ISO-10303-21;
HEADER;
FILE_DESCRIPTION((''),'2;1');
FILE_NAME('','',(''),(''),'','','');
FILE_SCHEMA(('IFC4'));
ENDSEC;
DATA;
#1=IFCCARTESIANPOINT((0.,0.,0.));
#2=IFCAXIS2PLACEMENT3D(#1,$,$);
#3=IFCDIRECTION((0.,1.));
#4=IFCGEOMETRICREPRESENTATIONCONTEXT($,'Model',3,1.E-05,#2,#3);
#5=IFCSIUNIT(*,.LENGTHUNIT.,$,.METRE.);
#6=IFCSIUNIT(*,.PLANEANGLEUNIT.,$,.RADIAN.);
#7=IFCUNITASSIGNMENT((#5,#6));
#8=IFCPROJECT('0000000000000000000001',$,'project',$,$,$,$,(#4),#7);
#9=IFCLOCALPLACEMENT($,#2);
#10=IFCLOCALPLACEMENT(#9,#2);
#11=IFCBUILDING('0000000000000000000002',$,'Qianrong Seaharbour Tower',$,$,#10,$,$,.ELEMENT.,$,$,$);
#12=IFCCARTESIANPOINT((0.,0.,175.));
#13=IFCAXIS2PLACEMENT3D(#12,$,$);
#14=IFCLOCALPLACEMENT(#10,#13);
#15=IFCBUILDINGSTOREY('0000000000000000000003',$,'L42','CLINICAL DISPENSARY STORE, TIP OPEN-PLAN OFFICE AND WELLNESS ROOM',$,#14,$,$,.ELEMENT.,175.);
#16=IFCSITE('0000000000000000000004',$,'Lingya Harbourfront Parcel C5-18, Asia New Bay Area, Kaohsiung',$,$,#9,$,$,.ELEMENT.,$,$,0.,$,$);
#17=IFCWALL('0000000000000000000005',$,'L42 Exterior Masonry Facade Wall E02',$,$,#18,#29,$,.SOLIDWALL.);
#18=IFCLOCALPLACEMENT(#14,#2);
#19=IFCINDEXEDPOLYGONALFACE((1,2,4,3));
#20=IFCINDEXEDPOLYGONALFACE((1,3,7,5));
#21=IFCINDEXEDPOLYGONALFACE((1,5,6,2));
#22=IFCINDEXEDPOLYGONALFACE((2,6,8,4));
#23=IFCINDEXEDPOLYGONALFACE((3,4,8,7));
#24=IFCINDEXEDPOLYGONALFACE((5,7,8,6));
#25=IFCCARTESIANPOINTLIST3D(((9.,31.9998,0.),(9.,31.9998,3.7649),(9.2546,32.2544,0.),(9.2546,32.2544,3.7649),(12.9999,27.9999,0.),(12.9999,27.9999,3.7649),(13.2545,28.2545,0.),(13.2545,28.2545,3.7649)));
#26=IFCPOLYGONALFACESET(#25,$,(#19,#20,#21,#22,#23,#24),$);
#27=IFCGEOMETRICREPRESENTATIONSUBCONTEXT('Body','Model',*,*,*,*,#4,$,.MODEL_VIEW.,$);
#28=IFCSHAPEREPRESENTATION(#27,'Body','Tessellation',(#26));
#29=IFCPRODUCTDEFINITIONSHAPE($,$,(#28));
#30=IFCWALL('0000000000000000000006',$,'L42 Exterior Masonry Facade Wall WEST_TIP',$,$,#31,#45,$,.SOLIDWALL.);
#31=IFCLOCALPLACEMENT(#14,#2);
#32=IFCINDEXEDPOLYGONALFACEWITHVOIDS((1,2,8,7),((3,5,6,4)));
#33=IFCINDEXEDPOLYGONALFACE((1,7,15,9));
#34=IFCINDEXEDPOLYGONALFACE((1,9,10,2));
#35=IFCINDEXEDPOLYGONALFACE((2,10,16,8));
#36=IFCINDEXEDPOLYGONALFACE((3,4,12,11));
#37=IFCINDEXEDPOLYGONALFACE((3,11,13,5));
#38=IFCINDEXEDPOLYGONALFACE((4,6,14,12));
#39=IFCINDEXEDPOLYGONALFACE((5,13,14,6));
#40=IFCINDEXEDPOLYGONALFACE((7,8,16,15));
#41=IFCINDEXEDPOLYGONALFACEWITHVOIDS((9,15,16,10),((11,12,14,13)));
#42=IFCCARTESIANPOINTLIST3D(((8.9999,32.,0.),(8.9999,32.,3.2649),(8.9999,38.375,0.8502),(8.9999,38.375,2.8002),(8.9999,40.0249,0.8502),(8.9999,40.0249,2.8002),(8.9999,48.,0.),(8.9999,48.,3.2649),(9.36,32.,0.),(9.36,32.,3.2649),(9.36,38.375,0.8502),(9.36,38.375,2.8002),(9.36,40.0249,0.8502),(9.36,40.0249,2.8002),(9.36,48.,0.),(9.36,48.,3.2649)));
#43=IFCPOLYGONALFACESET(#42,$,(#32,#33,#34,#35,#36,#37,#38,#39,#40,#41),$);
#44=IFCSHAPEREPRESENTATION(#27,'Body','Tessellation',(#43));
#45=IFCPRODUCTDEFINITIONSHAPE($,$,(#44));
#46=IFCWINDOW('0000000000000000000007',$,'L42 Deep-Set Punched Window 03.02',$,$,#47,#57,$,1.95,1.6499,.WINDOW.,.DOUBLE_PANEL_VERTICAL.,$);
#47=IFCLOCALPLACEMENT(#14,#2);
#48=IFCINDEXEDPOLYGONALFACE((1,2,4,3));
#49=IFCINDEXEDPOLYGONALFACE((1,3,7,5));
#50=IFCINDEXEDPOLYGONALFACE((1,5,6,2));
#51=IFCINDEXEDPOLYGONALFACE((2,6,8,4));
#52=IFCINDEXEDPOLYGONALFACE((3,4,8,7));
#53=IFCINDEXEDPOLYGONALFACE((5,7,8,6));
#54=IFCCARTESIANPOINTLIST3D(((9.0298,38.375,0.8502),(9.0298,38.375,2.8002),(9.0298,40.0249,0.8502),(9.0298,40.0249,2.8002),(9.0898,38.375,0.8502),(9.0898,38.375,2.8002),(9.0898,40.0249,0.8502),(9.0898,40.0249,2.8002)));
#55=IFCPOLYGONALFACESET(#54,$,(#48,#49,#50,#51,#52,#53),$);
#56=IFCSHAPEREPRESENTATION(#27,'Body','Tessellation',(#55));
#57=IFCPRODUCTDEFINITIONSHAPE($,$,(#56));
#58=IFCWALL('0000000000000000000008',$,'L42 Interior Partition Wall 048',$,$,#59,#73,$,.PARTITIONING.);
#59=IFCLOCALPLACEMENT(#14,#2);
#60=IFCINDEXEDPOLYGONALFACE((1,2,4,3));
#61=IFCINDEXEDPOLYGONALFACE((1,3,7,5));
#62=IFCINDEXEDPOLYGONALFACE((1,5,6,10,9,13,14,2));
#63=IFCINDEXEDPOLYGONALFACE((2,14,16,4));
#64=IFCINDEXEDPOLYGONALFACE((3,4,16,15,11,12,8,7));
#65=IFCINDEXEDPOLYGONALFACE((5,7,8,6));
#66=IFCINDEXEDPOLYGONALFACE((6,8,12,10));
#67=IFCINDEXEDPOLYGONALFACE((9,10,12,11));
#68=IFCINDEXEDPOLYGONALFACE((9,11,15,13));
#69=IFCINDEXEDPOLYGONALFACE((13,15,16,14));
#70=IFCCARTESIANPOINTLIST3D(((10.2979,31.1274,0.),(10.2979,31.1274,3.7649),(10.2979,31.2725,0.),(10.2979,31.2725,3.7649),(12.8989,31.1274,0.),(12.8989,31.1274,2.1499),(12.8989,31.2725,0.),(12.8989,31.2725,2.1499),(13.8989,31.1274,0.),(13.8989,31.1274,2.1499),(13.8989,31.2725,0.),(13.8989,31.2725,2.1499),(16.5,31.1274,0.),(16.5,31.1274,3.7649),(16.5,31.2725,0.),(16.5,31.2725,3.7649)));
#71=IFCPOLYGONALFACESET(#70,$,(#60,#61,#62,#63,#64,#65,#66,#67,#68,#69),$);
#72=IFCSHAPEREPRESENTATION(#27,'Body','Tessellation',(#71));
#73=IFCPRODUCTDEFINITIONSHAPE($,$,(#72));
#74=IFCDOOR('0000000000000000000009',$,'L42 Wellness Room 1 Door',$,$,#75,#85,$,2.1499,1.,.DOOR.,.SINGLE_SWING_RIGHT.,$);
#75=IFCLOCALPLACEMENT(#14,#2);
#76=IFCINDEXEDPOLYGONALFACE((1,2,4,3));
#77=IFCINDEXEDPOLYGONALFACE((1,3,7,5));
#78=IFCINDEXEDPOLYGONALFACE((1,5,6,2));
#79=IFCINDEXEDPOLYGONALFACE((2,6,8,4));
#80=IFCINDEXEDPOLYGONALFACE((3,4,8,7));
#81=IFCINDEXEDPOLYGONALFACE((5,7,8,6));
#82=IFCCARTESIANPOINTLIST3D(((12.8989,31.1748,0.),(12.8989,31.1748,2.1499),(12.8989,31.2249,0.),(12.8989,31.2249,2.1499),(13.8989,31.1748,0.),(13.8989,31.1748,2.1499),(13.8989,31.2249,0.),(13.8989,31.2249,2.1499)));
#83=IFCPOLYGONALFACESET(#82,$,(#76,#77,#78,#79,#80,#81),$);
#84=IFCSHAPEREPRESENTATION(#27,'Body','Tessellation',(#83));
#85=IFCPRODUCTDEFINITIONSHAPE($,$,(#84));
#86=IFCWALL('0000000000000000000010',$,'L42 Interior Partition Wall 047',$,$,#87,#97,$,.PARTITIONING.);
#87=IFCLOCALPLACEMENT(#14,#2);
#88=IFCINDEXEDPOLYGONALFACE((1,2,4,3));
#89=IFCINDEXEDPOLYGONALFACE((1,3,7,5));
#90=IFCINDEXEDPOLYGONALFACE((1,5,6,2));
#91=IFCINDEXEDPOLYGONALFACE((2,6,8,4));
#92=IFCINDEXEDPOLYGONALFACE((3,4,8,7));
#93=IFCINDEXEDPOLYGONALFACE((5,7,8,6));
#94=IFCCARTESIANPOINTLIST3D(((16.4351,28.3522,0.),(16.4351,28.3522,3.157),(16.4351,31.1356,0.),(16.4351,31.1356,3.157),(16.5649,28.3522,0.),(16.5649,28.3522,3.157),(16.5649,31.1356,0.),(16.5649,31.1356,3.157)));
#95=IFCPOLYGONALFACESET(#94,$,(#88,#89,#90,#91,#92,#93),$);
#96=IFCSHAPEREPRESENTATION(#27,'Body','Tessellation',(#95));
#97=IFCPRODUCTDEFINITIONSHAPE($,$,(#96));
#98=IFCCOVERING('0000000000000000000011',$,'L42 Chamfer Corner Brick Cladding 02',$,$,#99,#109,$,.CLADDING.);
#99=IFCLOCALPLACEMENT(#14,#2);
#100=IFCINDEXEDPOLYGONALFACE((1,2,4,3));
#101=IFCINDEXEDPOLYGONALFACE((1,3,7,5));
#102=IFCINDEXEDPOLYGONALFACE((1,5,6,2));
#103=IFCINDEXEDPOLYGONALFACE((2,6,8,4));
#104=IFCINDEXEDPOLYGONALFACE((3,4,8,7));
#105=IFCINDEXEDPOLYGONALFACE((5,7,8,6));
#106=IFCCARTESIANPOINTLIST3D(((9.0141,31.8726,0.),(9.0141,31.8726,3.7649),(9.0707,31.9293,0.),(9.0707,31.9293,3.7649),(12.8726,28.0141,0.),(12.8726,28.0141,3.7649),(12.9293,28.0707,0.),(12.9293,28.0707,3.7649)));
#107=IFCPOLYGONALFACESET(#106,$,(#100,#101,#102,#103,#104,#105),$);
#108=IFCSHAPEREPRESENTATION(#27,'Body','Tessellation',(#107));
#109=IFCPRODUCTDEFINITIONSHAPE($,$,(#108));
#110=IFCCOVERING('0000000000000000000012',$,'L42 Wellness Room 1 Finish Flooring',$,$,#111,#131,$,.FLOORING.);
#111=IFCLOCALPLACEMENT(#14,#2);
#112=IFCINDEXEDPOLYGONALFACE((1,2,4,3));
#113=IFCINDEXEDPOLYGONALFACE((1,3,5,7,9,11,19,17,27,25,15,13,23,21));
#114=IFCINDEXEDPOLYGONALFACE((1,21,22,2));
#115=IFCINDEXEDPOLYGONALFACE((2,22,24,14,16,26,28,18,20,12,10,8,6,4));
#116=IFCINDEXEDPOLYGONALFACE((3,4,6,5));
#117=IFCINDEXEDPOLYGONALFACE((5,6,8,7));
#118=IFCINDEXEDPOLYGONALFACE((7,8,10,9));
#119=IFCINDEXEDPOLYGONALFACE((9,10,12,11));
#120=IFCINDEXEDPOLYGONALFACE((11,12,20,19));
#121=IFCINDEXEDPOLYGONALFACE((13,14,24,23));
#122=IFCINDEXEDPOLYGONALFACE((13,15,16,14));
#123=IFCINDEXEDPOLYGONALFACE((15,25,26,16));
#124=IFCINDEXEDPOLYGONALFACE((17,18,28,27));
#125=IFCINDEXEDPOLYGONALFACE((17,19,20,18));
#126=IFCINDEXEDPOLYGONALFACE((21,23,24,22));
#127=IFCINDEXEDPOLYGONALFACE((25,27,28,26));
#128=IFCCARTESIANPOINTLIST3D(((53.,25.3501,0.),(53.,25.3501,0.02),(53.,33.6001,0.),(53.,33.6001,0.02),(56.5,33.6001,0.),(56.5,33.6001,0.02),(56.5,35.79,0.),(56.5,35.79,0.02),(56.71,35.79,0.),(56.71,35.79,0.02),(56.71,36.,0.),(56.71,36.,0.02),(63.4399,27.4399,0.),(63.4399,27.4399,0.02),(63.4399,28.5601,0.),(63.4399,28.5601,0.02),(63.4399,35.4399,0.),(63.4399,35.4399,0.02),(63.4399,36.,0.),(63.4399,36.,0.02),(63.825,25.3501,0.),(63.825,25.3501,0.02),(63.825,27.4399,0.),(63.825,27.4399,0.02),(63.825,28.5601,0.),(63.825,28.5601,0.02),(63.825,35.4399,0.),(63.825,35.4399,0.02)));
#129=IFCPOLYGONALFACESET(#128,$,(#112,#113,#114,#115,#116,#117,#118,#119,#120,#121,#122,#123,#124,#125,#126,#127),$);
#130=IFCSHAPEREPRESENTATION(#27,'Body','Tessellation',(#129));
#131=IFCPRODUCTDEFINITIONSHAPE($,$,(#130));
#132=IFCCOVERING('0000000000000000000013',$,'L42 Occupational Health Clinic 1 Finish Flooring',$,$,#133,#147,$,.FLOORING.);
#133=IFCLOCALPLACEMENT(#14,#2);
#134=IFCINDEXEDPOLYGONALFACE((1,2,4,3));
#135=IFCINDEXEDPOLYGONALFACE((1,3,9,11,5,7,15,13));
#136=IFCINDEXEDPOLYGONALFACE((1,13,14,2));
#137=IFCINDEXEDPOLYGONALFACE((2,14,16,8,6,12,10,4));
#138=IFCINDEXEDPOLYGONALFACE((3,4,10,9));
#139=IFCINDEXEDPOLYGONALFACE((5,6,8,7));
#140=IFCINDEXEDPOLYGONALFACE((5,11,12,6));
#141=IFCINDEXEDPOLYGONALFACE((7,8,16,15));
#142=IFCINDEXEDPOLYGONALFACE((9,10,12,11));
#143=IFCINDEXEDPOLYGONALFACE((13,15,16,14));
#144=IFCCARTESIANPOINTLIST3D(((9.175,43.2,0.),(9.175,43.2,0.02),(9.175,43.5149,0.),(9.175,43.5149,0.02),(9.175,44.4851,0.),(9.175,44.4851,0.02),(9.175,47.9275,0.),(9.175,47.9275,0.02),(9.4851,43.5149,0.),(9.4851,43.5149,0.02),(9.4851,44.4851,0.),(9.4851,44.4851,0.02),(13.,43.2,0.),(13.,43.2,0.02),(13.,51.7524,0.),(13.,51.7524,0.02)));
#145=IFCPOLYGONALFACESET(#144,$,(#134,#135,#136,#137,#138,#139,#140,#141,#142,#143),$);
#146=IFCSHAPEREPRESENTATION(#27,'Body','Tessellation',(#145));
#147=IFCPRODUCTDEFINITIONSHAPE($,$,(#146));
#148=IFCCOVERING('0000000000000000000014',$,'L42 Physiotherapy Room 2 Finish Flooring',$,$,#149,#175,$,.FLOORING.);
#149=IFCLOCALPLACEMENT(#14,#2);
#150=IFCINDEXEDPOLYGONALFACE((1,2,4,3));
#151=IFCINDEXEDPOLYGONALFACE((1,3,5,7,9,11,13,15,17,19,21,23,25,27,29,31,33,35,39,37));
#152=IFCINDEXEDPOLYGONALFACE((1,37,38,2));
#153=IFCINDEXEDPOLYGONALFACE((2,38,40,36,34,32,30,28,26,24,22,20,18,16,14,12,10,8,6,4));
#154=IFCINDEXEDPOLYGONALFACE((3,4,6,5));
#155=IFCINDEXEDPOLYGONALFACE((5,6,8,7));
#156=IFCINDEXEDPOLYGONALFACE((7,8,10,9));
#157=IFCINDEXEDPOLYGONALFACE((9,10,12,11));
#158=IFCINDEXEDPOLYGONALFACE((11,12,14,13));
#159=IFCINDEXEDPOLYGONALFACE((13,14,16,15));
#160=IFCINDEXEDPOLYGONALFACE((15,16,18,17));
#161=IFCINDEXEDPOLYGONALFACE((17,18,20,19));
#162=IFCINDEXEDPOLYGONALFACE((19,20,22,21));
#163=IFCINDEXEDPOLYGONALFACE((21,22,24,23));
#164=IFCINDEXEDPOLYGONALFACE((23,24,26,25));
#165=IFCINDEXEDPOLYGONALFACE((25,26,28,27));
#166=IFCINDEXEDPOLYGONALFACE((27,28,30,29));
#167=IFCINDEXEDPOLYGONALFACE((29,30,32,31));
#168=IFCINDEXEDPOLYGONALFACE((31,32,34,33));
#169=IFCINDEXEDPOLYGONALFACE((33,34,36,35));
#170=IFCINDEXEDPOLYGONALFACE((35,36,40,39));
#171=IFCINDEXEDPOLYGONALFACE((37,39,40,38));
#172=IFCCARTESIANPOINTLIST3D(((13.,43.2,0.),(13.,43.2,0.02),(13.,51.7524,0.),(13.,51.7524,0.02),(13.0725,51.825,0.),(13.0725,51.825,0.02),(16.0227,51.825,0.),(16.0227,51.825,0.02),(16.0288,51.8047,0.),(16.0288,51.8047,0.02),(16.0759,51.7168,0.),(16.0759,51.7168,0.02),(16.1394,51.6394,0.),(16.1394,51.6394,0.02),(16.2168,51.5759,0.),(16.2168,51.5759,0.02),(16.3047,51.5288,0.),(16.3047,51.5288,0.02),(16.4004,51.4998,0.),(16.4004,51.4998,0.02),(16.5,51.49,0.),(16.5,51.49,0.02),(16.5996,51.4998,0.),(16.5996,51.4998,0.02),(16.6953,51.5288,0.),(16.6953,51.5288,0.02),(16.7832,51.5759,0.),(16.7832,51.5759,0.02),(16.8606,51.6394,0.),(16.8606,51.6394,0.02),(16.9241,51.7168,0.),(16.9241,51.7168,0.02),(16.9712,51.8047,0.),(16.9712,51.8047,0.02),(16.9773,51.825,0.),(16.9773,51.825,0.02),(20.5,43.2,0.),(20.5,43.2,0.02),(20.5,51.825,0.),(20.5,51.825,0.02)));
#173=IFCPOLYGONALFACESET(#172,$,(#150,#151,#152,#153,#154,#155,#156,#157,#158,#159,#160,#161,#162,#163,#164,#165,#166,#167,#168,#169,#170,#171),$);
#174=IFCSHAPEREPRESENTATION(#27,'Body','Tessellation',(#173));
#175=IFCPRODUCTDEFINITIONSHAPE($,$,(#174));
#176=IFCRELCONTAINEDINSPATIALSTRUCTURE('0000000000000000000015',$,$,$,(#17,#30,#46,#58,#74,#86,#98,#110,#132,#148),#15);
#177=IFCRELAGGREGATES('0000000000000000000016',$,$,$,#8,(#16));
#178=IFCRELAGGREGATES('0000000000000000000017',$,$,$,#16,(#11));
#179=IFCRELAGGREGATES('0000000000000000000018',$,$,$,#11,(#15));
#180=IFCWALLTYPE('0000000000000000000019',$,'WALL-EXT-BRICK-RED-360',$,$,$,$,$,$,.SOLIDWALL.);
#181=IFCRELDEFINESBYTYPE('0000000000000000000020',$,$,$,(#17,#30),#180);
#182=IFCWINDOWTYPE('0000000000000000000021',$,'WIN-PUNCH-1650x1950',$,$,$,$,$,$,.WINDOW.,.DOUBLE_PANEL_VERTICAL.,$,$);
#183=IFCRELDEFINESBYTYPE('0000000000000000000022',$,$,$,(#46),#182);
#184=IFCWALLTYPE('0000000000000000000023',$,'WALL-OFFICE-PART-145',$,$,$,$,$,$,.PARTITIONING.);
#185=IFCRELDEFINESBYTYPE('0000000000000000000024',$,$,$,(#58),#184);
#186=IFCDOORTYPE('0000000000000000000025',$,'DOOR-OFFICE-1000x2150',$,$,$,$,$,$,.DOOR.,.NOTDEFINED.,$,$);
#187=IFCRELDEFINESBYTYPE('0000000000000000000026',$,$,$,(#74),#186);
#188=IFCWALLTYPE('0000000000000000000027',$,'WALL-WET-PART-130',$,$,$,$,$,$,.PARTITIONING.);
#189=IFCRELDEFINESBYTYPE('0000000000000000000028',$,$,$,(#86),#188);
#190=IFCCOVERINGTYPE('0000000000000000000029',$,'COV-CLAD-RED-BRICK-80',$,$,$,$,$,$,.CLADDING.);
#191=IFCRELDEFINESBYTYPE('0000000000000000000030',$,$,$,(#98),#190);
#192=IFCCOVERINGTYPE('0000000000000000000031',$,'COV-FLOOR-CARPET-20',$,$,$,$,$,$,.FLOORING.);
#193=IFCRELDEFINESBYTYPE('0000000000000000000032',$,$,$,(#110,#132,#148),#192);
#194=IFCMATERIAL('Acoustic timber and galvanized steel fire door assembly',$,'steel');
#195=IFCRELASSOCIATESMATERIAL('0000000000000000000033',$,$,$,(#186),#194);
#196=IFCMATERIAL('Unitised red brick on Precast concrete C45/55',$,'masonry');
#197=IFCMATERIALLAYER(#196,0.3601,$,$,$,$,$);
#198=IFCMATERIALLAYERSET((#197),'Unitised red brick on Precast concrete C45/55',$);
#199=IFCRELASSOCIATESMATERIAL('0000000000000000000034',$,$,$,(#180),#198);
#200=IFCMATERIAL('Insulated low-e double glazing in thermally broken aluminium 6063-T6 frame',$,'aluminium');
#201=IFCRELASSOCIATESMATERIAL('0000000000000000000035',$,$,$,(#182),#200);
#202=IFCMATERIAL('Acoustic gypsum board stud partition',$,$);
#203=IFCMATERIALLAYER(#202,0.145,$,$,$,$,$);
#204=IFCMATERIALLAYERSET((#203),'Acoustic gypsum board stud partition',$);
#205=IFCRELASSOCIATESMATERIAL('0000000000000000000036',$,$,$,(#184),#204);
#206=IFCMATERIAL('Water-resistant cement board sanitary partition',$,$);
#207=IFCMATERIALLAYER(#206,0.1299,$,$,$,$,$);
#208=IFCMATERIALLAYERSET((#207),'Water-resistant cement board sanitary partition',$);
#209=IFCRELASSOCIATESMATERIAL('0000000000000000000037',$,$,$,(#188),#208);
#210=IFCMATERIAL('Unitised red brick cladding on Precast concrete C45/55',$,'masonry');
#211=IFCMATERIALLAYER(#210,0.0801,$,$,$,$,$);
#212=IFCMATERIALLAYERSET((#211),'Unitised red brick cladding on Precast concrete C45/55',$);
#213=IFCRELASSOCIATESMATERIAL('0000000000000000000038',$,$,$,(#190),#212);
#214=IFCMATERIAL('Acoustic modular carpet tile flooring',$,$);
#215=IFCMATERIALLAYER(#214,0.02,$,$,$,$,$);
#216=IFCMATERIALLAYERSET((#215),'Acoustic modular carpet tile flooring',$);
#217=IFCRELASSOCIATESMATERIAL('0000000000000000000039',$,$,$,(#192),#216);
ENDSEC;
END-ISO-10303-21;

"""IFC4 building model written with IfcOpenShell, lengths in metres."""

from ifc_helpers import new_model, si_unit, direction, frame, frame_2d, origin, origin_2d, place, context, subcontext, project, spatial, polyline, rectangle, outline, extrude, material, layer, layer_set, type_object, element, fill, save


model = new_model("IFC4")

# Units and contexts
model_context = context("Model", 3, precision=1e-05, world=origin(), true_north=direction((0.0, 1.0)))
body_context = subcontext(model_context, "Body", "Model", "MODEL_VIEW")
ifc_project = project(units=[si_unit("LENGTHUNIT", "METRE"), si_unit("PLANEANGLEUNIT", "RADIAN")], contexts=[model_context])

# Site, building, storey
site_placement = place(None, origin())
site = spatial("IfcSite", under=ifc_project, at=site_placement, Name="Lingya Harbourfront Parcel C5-18, Asia New Bay Area, Kaohsiung", CompositionType="ELEMENT", RefElevation=0.0)
building_placement = place(site_placement, origin())
building = spatial("IfcBuilding", under=site, at=building_placement, Name="Qianrong Seaharbour Tower", CompositionType="ELEMENT")
storey_placement = place(building_placement, frame((0.0, 0.0, 175.0)))
storey = spatial("IfcBuildingStorey", under=building, at=storey_placement, Name="L42", Description="CLINICAL DISPENSARY STORE, TIP OPEN-PLAN OFFICE AND WELLNESS ROOM", CompositionType="ELEMENT", Elevation=175.0)

# Shared definitions
ifc_material_1 = material(Name="Acoustic timber and galvanized steel fire door assembly", Category="steel")
door_type = type_object("IfcDoorType", Name="DOOR-OFFICE-1000x2150", OperationType="NOTDEFINED", PredefinedType="DOOR", material=ifc_material_1)

# Wall
ifc_material_2 = material(Name="Unitised red brick on Precast concrete C45/55", Category="masonry")
ifc_layer_1 = layer(ifc_material_2, 0.3601)
ifc_layer_set_1 = layer_set([ifc_layer_1], Name="Unitised red brick on Precast concrete C45/55")
wall_type_1 = type_object("IfcWallType", Name="WALL-EXT-BRICK-RED-360", PredefinedType="SOLIDWALL", material=ifc_layer_set_1)
wall_1_placement = place(storey_placement, frame((13.1272, 28.1272, 0.0), z_axis=(0.0, 0.0, 1.0), x_axis=(-0.707107, 0.707107, 0.0)))
element("IfcWall", 1, at=wall_1_placement, inside=storey, type_object=wall_type_1, Name="L42 Exterior Masonry Facade Wall E02", PredefinedType="SOLIDWALL", context=body_context, shape_type="SweptSolid", body=[
    extrude(rectangle(XDim=5.6567, YDim=0.3601, at=frame_2d((2.8284, 0.0))), origin(), (0.0, 0.0, 1.0), 3.7649),
])

# Wall, opening, window
wall_2_placement = place(storey_placement, frame((9.1799, 32.0, 0.0), z_axis=(0.0, 0.0, 1.0), x_axis=(0.0, 1.0, 0.0)))
wall_2 = element("IfcWall", 2, at=wall_2_placement, inside=storey, type_object=wall_type_1, Name="L42 Exterior Masonry Facade Wall WEST_TIP", PredefinedType="SOLIDWALL", context=body_context, shape_type="SweptSolid", body=[
    extrude(rectangle(XDim=16.0, YDim=0.3601, at=frame_2d((8.0, 0.0))), origin(), (0.0, 0.0, 1.0), 3.2649),
])
opening_1_placement = place(wall_2_placement, frame((6.375, 0.0, 0.8501)))
opening_1 = element("IfcOpeningElement", 3, at=opening_1_placement, cuts=wall_2, PredefinedType="OPENING", context=body_context, shape_type="SweptSolid", body=[
    extrude(rectangle(XDim=1.6499, YDim=1.95, at=frame_2d((0.825, 0.9751))), frame((0.0, 0.1899, 0.0), z_axis=(0.0, -1.0, 0.0), x_axis=(1.0, 0.0, 0.0)), (0.0, 0.0, 1.0), 0.3801),
])
ifc_material_3 = material(Name="Insulated low-e double glazing in thermally broken aluminium 6063-T6 frame", Category="aluminium")
window_type = type_object("IfcWindowType", Name="WIN-PUNCH-1650x1950", PartitioningType="DOUBLE_PANEL_VERTICAL", PredefinedType="WINDOW", material=ifc_material_3)
window_placement = place(opening_1_placement, origin())
window = element("IfcWindow", 4, at=window_placement, inside=storey, type_object=window_type, Name="L42 Deep-Set Punched Window 03.02", OverallHeight=1.95, OverallWidth=1.6499, PartitioningType="DOUBLE_PANEL_VERTICAL", PredefinedType="WINDOW", context=body_context, shape_type="SweptSolid", body=[
    extrude(rectangle(XDim=1.6499, YDim=1.95, at=frame_2d((0.825, 0.9751))), frame((0.0, 0.1501, 0.0), z_axis=(0.0, -1.0, 0.0), x_axis=(1.0, 0.0, 0.0)), (0.0, 0.0, 1.0), 0.0601),
])
fill(opening_1, window)

# Wall, opening, door
ifc_material_4 = material(Name="Acoustic gypsum board stud partition")
ifc_layer_2 = layer(ifc_material_4, 0.145)
ifc_layer_set_2 = layer_set([ifc_layer_2], Name="Acoustic gypsum board stud partition")
wall_type_2 = type_object("IfcWallType", Name="WALL-OFFICE-PART-145", PredefinedType="PARTITIONING", material=ifc_layer_set_2)
wall_3_placement = place(storey_placement, frame((10.2979, 31.2, 0.0), z_axis=(0.0, 0.0, 1.0), x_axis=(1.0, 0.0, 0.0)))
wall_3 = element("IfcWall", 5, at=wall_3_placement, inside=storey, type_object=wall_type_2, Name="L42 Interior Partition Wall 048", PredefinedType="PARTITIONING", context=body_context, shape_type="SweptSolid", body=[
    extrude(rectangle(XDim=6.2021, YDim=0.145, at=frame_2d((3.1011, 0.0))), origin(), (0.0, 0.0, 1.0), 3.7649),
])
opening_2_placement = place(wall_3_placement, frame((2.6011, 0.0, 0.0)))
opening_2 = element("IfcOpeningElement", 6, at=opening_2_placement, cuts=wall_3, PredefinedType="OPENING", context=body_context, shape_type="SweptSolid", body=[
    extrude(rectangle(XDim=1.0, YDim=2.1499, at=frame_2d((0.5, 1.075))), frame((0.0, 0.0825, 0.0), z_axis=(0.0, -1.0, 0.0), x_axis=(1.0, 0.0, 0.0)), (0.0, 0.0, 1.0), 0.165),
])
door_1_placement = place(opening_2_placement, origin())
door_1 = element("IfcDoor", 7, at=door_1_placement, inside=storey, type_object=door_type, Name="L42 Wellness Room 1 Door", OperationType="SINGLE_SWING_RIGHT", OverallHeight=2.1499, OverallWidth=1.0, PredefinedType="DOOR", context=body_context, shape_type="SweptSolid", body=[
    extrude(rectangle(XDim=1.0, YDim=2.1499, at=frame_2d((0.5, 1.075))), frame((0.0, 0.0249, 0.0), z_axis=(0.0, -1.0, 0.0), x_axis=(1.0, 0.0, 0.0)), (0.0, 0.0, 1.0), 0.05),
])
fill(opening_2, door_1)

# Wall
ifc_material_5 = material(Name="Water-resistant cement board sanitary partition")
ifc_layer_3 = layer(ifc_material_5, 0.1299)
ifc_layer_set_3 = layer_set([ifc_layer_3], Name="Water-resistant cement board sanitary partition")
wall_type_3 = type_object("IfcWallType", Name="WALL-WET-PART-130", PredefinedType="PARTITIONING", material=ifc_layer_set_3)
wall_4_placement = place(storey_placement, frame((16.5, 31.1355, 0.0), z_axis=(0.0, 0.0, 1.0), x_axis=(0.0, -1.0, 0.0)))
element("IfcWall", 8, at=wall_4_placement, inside=storey, type_object=wall_type_3, Name="L42 Interior Partition Wall 047", PredefinedType="PARTITIONING", context=body_context, shape_type="SweptSolid", body=[
    extrude(rectangle(XDim=2.7834, YDim=0.1299, at=frame_2d((1.3916, 0.0))), origin(), (0.0, 0.0, 1.0), 3.157),
])

# Coverings
ifc_material_6 = material(Name="Unitised red brick cladding on Precast concrete C45/55", Category="masonry")
ifc_layer_4 = layer(ifc_material_6, 0.0801)
ifc_layer_set_4 = layer_set([ifc_layer_4], Name="Unitised red brick cladding on Precast concrete C45/55")
covering_type_1 = type_object("IfcCoveringType", Name="COV-CLAD-RED-BRICK-80", PredefinedType="CLADDING", material=ifc_layer_set_4)
covering_1_placement = place(storey_placement, frame((10.9717, 29.9717, 0.0), z_axis=(0.0, 0.0, 1.0), x_axis=(-0.707107, 0.707107, 0.0)))
element("IfcCovering", 9, at=covering_1_placement, inside=storey, type_object=covering_type_1, Name="L42 Chamfer Corner Brick Cladding 02", PredefinedType="CLADDING", context=body_context, shape_type="SweptSolid", body=[
    extrude(rectangle(XDim=5.4568, YDim=0.0801, at=origin_2d()), origin(), (0.0, 0.0, 1.0), 3.7649),
])
ifc_material_7 = material(Name="Acoustic modular carpet tile flooring")
ifc_layer_5 = layer(ifc_material_7, 0.02)
ifc_layer_set_5 = layer_set([ifc_layer_5], Name="Acoustic modular carpet tile flooring")
covering_type_2 = type_object("IfcCoveringType", Name="COV-FLOOR-CARPET-20", PredefinedType="FLOORING", material=ifc_layer_set_5)
covering_2_placement = place(storey_placement, origin())
element("IfcCovering", 10, at=covering_2_placement, inside=storey, type_object=covering_type_2, Name="L42 Wellness Room 1 Finish Flooring", PredefinedType="FLOORING", context=body_context, shape_type="SweptSolid", body=[
    extrude(outline(polyline([(56.5, 33.6001), (56.5, 35.79), (56.71, 35.79), (56.71, 36.0), (63.4399, 36.0), (63.4399, 35.4399), (63.825, 35.4399), (63.825, 28.5601), (63.4399, 28.5601), (63.4399, 27.4399), (63.825, 27.4399), (63.825, 25.3501), (53.0, 25.3501), (53.0, 33.6001), (56.5, 33.6001)])), origin(), (0.0, 0.0, 1.0), 0.02),
])
covering_3_placement = place(storey_placement, origin())
element("IfcCovering", 11, at=covering_3_placement, inside=storey, type_object=covering_type_2, Name="L42 Occupational Health Clinic 1 Finish Flooring", PredefinedType="FLOORING", context=body_context, shape_type="SweptSolid", body=[
    extrude(outline(polyline([(9.175, 43.5149), (9.4851, 43.5149), (9.4851, 44.4851), (9.175, 44.4851), (9.175, 47.9275), (13.0, 51.7524), (13.0, 43.2), (9.175, 43.2), (9.175, 43.5149)])), origin(), (0.0, 0.0, 1.0), 0.02),
])
covering_4_placement = place(storey_placement, origin())
element("IfcCovering", 12, at=covering_4_placement, inside=storey, type_object=covering_type_2, Name="L42 Physiotherapy Room 2 Finish Flooring", PredefinedType="FLOORING", context=body_context, shape_type="SweptSolid", body=[
    extrude(outline(polyline([(13.0, 51.7524), (13.0725, 51.825), (16.0227, 51.825), (16.0288, 51.8047), (16.0759, 51.7168), (16.1394, 51.6394), (16.2168, 51.5759), (16.3047, 51.5288), (16.4004, 51.4998), (16.5, 51.49), (16.5996, 51.4998), (16.6953, 51.5288), (16.7832, 51.5759), (16.8606, 51.6394), (16.9241, 51.7168), (16.9712, 51.8047), (16.9773, 51.825), (20.5, 51.825), (20.5, 43.2), (13.0, 43.2), (13.0, 51.7524)])), origin(), (0.0, 0.0, 1.0), 0.02),
])

save(model, "model.ifc")
